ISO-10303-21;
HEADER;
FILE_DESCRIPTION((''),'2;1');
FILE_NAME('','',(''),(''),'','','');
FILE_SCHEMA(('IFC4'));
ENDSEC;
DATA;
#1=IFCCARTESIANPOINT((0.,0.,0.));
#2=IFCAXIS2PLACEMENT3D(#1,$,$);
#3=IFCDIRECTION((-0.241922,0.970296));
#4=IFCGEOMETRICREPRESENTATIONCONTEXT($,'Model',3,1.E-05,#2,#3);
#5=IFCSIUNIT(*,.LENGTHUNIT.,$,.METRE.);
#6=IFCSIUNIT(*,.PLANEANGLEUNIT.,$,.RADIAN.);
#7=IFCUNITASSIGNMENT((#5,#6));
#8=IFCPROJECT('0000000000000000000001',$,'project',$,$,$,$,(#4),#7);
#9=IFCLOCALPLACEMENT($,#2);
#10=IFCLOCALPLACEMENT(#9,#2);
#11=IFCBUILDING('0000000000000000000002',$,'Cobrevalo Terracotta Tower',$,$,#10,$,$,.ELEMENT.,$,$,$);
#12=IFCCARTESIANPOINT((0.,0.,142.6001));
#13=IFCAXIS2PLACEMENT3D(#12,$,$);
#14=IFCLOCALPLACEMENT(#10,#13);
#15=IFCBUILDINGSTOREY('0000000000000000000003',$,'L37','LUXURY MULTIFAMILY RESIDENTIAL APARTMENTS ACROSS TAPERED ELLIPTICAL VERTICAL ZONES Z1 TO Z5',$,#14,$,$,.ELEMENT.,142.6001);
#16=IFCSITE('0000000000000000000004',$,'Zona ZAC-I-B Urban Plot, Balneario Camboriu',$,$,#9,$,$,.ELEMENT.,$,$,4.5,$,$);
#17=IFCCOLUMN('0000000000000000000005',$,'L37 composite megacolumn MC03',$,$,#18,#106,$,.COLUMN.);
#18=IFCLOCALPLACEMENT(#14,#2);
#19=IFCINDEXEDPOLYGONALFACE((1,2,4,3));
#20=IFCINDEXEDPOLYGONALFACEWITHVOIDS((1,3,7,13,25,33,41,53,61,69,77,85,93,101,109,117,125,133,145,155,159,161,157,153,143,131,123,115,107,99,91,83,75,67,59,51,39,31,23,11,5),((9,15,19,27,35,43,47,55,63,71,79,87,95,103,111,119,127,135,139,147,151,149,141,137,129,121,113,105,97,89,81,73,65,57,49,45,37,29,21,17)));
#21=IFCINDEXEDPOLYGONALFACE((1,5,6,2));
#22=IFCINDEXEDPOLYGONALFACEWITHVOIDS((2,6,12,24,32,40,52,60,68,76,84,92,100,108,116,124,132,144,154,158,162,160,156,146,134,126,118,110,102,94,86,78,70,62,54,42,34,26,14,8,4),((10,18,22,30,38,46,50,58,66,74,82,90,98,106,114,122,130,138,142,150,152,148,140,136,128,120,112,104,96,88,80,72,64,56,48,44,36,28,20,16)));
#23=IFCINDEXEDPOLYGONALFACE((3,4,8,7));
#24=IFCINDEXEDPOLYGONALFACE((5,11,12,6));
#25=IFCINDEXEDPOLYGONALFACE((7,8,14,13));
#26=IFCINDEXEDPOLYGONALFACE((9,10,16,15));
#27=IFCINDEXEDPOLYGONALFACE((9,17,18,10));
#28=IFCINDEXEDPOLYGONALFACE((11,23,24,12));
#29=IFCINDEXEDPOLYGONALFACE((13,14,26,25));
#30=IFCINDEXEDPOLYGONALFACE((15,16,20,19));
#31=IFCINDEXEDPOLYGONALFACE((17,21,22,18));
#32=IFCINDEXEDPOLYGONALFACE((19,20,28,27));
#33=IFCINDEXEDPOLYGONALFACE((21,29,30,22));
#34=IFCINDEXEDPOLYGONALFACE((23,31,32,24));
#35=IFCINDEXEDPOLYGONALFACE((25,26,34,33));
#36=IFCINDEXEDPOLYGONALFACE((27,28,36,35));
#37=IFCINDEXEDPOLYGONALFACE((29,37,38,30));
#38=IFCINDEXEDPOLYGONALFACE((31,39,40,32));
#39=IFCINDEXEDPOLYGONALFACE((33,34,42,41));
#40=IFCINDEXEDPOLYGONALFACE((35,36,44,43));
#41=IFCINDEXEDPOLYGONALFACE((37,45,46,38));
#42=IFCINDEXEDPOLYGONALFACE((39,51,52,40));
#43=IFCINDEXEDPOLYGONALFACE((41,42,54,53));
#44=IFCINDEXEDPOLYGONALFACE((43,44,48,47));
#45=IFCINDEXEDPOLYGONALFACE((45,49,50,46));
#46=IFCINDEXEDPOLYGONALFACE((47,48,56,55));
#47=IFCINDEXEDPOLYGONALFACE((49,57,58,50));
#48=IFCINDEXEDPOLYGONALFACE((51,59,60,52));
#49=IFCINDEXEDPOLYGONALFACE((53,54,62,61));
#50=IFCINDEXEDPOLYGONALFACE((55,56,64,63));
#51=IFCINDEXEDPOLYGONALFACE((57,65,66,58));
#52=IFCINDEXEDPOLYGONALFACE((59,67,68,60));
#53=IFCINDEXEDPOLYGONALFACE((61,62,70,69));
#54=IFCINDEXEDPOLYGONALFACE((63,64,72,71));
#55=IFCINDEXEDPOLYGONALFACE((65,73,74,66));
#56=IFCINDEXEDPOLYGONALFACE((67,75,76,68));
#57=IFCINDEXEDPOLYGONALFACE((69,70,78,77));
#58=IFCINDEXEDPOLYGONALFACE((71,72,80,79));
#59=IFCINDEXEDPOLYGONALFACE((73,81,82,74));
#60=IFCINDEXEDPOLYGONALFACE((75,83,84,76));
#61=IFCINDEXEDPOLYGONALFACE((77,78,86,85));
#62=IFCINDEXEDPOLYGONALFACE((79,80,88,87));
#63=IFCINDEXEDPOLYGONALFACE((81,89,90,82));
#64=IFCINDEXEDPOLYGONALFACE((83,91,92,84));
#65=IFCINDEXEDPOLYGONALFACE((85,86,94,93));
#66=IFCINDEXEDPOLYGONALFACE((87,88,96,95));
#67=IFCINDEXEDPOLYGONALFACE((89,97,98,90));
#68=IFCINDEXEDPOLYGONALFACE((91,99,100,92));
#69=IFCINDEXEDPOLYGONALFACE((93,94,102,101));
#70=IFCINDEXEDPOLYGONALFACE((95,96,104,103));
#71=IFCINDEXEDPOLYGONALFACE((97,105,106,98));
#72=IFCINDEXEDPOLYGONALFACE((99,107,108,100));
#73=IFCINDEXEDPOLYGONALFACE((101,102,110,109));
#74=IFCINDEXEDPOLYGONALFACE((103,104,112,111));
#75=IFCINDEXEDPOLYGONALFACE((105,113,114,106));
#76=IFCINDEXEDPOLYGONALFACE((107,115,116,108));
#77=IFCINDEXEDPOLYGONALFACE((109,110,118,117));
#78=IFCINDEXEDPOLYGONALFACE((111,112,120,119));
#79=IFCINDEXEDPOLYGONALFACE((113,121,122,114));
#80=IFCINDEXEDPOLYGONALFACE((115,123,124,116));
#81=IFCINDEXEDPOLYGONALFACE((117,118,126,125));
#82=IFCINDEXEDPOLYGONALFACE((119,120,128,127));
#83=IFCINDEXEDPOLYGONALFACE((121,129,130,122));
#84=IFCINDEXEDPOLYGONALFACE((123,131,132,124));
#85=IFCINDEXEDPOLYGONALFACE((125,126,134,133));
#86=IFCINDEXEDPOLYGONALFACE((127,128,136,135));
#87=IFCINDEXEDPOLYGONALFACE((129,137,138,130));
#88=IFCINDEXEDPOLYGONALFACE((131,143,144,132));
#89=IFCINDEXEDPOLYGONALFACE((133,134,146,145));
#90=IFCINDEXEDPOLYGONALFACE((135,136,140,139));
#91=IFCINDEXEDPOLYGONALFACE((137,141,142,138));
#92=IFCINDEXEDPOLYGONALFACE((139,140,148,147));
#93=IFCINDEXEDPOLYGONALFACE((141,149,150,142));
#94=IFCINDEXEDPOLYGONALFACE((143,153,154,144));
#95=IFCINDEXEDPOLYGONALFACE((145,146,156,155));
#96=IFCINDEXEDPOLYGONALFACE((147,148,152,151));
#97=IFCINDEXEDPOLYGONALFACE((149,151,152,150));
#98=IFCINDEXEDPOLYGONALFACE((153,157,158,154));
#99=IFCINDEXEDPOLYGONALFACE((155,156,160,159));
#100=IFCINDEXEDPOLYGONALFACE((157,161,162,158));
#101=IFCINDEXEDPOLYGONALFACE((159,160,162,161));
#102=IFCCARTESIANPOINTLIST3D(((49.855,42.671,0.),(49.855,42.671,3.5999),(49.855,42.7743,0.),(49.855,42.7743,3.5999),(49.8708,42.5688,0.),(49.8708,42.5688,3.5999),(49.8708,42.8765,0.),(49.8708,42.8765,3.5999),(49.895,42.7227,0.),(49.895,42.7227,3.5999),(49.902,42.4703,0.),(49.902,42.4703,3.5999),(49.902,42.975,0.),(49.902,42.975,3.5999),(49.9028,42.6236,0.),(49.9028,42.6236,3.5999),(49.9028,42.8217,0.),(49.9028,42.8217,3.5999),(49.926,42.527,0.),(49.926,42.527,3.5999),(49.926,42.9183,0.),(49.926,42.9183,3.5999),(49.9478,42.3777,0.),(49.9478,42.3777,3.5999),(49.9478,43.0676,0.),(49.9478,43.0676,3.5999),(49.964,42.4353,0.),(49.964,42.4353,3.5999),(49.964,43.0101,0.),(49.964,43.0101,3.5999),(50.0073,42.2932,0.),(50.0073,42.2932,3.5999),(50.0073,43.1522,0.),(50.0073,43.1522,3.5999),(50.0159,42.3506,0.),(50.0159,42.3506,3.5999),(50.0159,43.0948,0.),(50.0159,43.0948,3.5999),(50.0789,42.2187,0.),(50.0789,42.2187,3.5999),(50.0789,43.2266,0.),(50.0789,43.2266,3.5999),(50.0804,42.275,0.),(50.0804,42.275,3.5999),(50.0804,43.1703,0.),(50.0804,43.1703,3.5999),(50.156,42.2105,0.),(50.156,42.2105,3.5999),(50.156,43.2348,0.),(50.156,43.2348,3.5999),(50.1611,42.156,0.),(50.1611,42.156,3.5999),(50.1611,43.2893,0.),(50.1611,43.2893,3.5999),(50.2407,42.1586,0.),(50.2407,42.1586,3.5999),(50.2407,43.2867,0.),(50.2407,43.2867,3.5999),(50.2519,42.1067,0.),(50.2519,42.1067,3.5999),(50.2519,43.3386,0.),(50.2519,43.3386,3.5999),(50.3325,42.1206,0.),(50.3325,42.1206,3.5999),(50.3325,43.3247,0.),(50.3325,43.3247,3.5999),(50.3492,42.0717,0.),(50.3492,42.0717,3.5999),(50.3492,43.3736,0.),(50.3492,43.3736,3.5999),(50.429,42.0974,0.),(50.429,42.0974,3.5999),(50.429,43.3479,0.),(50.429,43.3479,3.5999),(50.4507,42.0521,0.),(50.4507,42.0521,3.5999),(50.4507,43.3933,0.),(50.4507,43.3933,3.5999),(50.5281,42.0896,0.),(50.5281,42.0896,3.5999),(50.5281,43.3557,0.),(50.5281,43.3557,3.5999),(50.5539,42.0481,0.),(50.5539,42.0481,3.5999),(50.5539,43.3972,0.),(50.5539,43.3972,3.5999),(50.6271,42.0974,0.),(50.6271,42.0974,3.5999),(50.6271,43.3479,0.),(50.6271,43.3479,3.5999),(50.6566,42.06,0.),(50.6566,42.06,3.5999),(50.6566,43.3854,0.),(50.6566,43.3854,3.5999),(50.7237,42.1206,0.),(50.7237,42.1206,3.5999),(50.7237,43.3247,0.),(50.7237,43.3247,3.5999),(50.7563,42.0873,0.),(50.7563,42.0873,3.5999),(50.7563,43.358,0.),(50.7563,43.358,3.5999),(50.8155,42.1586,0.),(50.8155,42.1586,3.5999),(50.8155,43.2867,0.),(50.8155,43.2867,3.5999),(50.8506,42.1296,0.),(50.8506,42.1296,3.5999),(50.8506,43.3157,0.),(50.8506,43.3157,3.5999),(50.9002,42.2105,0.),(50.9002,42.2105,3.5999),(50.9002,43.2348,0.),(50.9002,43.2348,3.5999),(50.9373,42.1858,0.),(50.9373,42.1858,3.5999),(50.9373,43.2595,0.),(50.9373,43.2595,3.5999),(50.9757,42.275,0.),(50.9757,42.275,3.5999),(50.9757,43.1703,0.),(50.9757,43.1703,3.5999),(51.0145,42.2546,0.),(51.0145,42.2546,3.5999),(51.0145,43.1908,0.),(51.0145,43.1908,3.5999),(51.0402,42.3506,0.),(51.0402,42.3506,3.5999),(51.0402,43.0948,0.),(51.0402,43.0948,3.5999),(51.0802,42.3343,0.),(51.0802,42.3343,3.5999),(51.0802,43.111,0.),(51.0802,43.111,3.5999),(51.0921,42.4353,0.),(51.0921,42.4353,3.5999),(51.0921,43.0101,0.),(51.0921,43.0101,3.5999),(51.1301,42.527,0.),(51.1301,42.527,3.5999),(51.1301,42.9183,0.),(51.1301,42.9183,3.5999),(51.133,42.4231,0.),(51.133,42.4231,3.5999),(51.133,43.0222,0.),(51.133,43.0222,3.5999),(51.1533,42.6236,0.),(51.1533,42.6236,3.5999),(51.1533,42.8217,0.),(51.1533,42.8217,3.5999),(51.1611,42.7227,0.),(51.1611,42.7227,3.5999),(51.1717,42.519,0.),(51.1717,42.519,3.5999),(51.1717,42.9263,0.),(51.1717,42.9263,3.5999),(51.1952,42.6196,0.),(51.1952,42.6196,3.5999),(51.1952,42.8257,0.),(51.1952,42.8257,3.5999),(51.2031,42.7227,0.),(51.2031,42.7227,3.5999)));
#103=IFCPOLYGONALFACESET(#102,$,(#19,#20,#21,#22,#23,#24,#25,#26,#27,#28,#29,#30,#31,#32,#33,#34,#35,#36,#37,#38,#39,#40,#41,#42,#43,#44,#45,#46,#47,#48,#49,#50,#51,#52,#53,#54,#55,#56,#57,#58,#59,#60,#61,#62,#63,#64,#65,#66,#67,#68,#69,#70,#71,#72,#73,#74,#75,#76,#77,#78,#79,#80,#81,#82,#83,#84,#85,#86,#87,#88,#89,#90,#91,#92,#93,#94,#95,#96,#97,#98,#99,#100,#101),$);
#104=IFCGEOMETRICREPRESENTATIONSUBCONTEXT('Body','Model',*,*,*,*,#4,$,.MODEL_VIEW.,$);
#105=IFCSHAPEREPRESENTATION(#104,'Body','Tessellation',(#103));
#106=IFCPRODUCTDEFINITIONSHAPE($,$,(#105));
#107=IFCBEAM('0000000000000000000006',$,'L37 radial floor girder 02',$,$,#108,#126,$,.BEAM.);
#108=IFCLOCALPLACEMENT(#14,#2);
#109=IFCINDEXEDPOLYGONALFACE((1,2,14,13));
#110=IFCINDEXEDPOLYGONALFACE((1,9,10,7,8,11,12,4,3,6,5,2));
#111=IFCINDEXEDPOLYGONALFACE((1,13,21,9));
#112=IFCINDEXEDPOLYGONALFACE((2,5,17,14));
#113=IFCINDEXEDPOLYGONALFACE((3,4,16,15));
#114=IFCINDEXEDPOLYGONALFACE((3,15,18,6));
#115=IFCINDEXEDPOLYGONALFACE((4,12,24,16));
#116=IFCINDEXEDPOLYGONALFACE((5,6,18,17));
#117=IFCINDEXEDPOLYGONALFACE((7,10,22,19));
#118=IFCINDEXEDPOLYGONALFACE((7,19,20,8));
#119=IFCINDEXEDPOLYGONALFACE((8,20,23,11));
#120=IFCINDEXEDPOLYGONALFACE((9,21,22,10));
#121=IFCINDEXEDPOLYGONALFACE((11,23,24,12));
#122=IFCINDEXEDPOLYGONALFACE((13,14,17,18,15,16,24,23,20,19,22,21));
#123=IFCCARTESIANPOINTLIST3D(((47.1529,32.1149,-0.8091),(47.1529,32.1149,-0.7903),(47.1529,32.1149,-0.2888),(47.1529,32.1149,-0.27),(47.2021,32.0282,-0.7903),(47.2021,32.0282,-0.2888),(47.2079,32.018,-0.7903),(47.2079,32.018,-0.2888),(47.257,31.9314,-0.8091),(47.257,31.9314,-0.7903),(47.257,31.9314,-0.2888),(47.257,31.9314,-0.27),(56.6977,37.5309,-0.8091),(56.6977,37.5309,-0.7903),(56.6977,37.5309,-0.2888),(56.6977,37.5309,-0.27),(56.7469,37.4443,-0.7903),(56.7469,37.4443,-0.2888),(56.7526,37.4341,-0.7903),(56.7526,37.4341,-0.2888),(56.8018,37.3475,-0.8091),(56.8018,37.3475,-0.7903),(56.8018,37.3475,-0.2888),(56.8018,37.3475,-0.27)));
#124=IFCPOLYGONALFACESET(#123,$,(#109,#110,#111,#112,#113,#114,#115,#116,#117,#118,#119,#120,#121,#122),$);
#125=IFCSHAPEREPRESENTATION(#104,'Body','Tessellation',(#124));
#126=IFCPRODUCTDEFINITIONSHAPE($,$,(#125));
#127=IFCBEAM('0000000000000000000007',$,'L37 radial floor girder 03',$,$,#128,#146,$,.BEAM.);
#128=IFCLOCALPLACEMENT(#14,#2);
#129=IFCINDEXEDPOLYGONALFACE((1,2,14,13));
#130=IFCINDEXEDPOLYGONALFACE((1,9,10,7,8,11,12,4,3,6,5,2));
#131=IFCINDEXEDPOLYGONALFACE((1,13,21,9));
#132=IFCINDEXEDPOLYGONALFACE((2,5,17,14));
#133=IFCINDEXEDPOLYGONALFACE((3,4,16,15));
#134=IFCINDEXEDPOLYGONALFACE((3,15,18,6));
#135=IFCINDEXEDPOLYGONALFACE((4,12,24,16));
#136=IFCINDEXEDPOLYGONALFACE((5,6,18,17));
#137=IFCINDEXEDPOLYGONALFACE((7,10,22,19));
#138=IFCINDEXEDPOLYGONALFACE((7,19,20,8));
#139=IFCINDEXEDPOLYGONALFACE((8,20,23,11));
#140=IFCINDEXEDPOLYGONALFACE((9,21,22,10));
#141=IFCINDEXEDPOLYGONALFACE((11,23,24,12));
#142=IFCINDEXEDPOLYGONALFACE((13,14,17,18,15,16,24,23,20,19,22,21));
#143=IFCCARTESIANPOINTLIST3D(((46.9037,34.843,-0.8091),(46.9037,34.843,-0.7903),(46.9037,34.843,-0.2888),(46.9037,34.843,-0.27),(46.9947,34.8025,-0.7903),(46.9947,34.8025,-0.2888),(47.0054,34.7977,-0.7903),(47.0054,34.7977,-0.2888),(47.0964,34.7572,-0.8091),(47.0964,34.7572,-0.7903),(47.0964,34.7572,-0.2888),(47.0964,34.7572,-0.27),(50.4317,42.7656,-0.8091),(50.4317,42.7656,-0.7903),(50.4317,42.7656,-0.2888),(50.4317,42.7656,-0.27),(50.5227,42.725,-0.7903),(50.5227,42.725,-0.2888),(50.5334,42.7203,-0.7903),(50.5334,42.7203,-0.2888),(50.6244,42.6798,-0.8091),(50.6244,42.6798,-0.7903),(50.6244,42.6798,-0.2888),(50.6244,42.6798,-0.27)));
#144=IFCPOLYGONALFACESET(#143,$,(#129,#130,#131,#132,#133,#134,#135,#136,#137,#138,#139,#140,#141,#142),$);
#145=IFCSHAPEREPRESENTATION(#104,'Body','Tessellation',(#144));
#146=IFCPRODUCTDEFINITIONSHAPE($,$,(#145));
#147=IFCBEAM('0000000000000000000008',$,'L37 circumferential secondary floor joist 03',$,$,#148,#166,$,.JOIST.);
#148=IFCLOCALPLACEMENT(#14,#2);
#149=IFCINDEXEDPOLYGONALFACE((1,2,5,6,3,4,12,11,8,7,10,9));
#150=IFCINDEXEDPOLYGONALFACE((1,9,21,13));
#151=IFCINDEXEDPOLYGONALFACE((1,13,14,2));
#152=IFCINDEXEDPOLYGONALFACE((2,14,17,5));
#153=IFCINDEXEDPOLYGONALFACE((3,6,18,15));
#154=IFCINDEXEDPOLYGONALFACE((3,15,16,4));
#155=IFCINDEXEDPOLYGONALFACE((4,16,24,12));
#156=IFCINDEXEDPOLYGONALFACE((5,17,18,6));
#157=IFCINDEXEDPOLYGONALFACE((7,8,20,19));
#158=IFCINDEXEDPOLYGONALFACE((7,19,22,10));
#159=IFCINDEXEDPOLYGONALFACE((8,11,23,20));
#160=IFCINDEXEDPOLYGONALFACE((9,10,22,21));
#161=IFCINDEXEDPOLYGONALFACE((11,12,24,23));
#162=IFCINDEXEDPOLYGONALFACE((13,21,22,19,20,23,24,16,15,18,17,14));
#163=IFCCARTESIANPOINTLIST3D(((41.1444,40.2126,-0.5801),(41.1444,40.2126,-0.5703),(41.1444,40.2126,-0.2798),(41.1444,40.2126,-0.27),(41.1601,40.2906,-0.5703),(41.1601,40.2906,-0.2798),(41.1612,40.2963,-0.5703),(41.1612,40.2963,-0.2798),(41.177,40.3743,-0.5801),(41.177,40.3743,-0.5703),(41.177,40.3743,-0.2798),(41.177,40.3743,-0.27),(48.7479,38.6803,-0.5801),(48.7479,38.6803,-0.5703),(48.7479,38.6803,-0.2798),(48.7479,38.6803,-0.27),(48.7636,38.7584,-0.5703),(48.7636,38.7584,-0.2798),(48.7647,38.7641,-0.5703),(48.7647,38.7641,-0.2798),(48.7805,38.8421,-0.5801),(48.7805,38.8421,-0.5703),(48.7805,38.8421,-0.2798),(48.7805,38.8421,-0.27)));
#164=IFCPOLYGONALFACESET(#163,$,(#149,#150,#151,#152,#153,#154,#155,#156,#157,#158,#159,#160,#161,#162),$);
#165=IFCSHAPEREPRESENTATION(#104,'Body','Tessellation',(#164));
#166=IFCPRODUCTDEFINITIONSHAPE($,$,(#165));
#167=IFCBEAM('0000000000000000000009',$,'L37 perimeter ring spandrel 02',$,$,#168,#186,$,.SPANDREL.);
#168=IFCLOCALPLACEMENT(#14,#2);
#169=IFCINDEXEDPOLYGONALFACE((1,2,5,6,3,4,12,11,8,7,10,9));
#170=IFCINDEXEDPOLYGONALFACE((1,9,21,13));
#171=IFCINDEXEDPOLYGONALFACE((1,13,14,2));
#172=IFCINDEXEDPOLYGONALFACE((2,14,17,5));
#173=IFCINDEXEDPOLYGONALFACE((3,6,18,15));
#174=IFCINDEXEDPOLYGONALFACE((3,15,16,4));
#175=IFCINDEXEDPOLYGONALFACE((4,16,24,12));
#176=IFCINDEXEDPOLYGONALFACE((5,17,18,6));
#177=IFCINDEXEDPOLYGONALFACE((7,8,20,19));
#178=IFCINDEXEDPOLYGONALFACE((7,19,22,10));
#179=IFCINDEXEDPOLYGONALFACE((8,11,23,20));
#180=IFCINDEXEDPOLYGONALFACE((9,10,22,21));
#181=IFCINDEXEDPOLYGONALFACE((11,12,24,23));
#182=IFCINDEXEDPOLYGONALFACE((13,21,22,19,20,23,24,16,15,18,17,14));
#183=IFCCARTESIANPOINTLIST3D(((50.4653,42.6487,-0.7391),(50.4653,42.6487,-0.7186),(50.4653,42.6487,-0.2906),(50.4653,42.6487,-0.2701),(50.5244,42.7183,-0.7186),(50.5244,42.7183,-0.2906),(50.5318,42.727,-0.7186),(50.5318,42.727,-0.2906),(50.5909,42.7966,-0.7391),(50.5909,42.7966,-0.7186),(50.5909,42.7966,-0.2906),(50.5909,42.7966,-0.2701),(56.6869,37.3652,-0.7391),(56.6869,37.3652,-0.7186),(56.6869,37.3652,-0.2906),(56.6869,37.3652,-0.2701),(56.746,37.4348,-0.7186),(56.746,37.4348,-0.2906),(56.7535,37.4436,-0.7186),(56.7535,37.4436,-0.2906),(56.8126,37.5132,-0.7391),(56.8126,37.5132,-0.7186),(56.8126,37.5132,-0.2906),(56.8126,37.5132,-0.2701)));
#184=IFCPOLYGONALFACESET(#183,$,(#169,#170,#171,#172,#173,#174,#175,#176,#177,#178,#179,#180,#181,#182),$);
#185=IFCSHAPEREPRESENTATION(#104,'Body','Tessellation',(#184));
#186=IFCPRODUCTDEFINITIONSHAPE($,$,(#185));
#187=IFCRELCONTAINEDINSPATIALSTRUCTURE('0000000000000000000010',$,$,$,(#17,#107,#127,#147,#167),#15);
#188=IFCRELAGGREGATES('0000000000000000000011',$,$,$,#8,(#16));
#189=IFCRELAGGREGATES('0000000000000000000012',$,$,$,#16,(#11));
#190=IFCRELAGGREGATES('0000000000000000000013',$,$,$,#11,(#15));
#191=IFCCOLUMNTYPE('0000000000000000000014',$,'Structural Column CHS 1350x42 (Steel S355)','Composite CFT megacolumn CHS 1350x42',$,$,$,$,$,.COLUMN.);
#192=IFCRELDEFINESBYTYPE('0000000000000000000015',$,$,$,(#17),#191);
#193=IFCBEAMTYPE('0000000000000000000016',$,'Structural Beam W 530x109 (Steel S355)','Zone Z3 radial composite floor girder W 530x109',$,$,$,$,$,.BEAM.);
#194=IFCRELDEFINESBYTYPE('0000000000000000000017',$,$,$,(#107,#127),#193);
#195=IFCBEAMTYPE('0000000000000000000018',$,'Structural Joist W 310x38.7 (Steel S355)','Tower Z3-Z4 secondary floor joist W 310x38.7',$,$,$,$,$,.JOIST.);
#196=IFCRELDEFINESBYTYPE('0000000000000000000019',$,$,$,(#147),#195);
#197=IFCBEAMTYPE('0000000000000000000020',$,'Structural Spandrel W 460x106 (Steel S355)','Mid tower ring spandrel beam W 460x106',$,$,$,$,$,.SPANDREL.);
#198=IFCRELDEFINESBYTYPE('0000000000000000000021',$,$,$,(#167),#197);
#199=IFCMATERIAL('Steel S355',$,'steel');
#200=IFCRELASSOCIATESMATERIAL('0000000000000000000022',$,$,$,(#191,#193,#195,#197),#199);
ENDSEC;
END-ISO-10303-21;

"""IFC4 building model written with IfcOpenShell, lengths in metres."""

from ifc_helpers import new_model, si_unit, direction, frame, origin, origin_2d, place, context, subcontext, project, spatial, hollow_circle, i_section, extrude, material, material_profile, profile_set, type_object, element, save


model = new_model("IFC4")

# Units and contexts
model_context = context("Model", 3, precision=1e-05, world=origin(), true_north=direction((-0.241922, 0.970296)))
body_context = subcontext(model_context, "Body", "Model", "MODEL_VIEW")
ifc_project = project(units=[si_unit("LENGTHUNIT", "METRE"), si_unit("PLANEANGLEUNIT", "RADIAN")], contexts=[model_context])

# Site, building, storey
site_placement = place(None, origin())
site = spatial("IfcSite", under=ifc_project, at=site_placement, Name="Zona ZAC-I-B Urban Plot, Balneario Camboriu", CompositionType="ELEMENT", RefElevation=4.5)
building_placement = place(site_placement, origin())
building = spatial("IfcBuilding", under=site, at=building_placement, Name="Cobrevalo Terracotta Tower", CompositionType="ELEMENT")
storey_placement = place(building_placement, frame((0.0, 0.0, 142.6001)))
storey = spatial("IfcBuildingStorey", under=building, at=storey_placement, Name="L37", Description="LUXURY MULTIFAMILY RESIDENTIAL APARTMENTS ACROSS TAPERED ELLIPTICAL VERTICAL ZONES Z1 TO Z5", CompositionType="ELEMENT", Elevation=142.6001)

# Column
ifc_material_1 = material(Name="Steel S355", Category="steel")
ifc_material_profile_1 = material_profile(ifc_material_1, hollow_circle(Radius=0.675, WallThickness=0.042, at=origin_2d()), Name="CHS 1350x42")
ifc_profile_set_1 = profile_set([ifc_material_profile_1], Name="Steel S355")
column_type = type_object("IfcColumnType", Name="Structural Column CHS 1350x42 (Steel S355)", Description="Composite CFT megacolumn CHS 1350x42", PredefinedType="COLUMN", material=ifc_profile_set_1)
column_placement = place(storey_placement, frame((50.5281, 42.7227, 0.0), z_axis=(0.0, 0.0, 1.0), x_axis=(1.0, 0.0, 0.0)))
element("IfcColumn", 1, at=column_placement, inside=storey, type_object=column_type, Name="L37 composite megacolumn MC03", PredefinedType="COLUMN", context=body_context, shape_type="SweptSolid", body=[
    extrude(hollow_circle(Radius=0.675, WallThickness=0.042, at=origin_2d()), origin(), (0.0, 0.0, 1.0), 3.5999),
])

# Beams
ifc_material_profile_2 = material_profile(ifc_material_1, i_section(OverallWidth=0.2109, OverallDepth=0.5391, WebThickness=0.0117, FlangeThickness=0.0188, at=origin_2d()), Name="W 530x109")
ifc_profile_set_2 = profile_set([ifc_material_profile_2], Name="Steel S355")
beam_type_1 = type_object("IfcBeamType", Name="Structural Beam W 530x109 (Steel S355)", Description="Zone Z3 radial composite floor girder W 530x109", PredefinedType="BEAM", material=ifc_profile_set_2)
beam_1_placement = place(storey_placement, frame((56.7498, 37.4392, -0.5396), z_axis=(-0.869734, -0.49352, 0.0), x_axis=(0.49352, -0.869734, 0.0)))
element("IfcBeam", 2, at=beam_1_placement, inside=storey, type_object=beam_type_1, Name="L37 radial floor girder 02", PredefinedType="BEAM", context=body_context, shape_type="SweptSolid", body=[
    extrude(i_section(OverallWidth=0.2109, OverallDepth=0.5391, WebThickness=0.0117, FlangeThickness=0.0188, at=origin_2d()), origin(), (0.0, 0.0, 1.0), 10.9744),
])
beam_2_placement = place(storey_placement, frame((50.5281, 42.7227, -0.5396), z_axis=(-0.406804, -0.913515, 0.0), x_axis=(0.913515, -0.406804, 0.0)))
element("IfcBeam", 3, at=beam_2_placement, inside=storey, type_object=beam_type_1, Name="L37 radial floor girder 03", PredefinedType="BEAM", context=body_context, shape_type="SweptSolid", body=[
    extrude(i_section(OverallWidth=0.2109, OverallDepth=0.5391, WebThickness=0.0117, FlangeThickness=0.0188, at=origin_2d()), origin(), (0.0, 0.0, 1.0), 8.6726),
])
ifc_material_profile_3 = material_profile(ifc_material_1, i_section(OverallWidth=0.165, OverallDepth=0.3101, WebThickness=0.0059, FlangeThickness=0.0098, at=origin_2d()), Name="W 310x38.7")
ifc_profile_set_3 = profile_set([ifc_material_profile_3], Name="Steel S355")
beam_type_2 = type_object("IfcBeamType", Name="Structural Joist W 310x38.7 (Steel S355)", Description="Tower Z3-Z4 secondary floor joist W 310x38.7", PredefinedType="JOIST", material=ifc_profile_set_3)
beam_3_placement = place(storey_placement, frame((48.7642, 38.7612, -0.425), z_axis=(-0.980294, 0.197544, 0.0), x_axis=(-0.197544, -0.980294, 0.0)))
element("IfcBeam", 4, at=beam_3_placement, inside=storey, type_object=beam_type_2, Name="L37 circumferential secondary floor joist 03", PredefinedType="JOIST", context=body_context, shape_type="SweptSolid", body=[
    extrude(i_section(OverallWidth=0.165, OverallDepth=0.3101, WebThickness=0.0059, FlangeThickness=0.0098, at=origin_2d()), origin(), (0.0, 0.0, 1.0), 7.7563),
])
ifc_material_profile_4 = material_profile(ifc_material_1, i_section(OverallWidth=0.1941, OverallDepth=0.469, WebThickness=0.0115, FlangeThickness=0.0205, at=origin_2d()), Name="W 460x106")
ifc_profile_set_4 = profile_set([ifc_material_profile_4], Name="Steel S355")
beam_type_3 = type_object("IfcBeamType", Name="Structural Spandrel W 460x106 (Steel S355)", Description="Mid tower ring spandrel beam W 460x106", PredefinedType="SPANDREL", material=ifc_profile_set_4)
beam_4_placement = place(storey_placement, frame((56.7498, 37.4392, -0.5046), z_axis=(-0.76224, 0.647294, 0.0), x_axis=(-0.647294, -0.76224, 0.0)))
element("IfcBeam", 5, at=beam_4_placement, inside=storey, type_object=beam_type_3, Name="L37 perimeter ring spandrel 02", PredefinedType="SPANDREL", context=body_context, shape_type="SweptSolid", body=[
    extrude(i_section(OverallWidth=0.1941, OverallDepth=0.469, WebThickness=0.0115, FlangeThickness=0.0205, at=origin_2d()), origin(), (0.0, 0.0, 1.0), 8.1624),
])

save(model, "model.ifc")
